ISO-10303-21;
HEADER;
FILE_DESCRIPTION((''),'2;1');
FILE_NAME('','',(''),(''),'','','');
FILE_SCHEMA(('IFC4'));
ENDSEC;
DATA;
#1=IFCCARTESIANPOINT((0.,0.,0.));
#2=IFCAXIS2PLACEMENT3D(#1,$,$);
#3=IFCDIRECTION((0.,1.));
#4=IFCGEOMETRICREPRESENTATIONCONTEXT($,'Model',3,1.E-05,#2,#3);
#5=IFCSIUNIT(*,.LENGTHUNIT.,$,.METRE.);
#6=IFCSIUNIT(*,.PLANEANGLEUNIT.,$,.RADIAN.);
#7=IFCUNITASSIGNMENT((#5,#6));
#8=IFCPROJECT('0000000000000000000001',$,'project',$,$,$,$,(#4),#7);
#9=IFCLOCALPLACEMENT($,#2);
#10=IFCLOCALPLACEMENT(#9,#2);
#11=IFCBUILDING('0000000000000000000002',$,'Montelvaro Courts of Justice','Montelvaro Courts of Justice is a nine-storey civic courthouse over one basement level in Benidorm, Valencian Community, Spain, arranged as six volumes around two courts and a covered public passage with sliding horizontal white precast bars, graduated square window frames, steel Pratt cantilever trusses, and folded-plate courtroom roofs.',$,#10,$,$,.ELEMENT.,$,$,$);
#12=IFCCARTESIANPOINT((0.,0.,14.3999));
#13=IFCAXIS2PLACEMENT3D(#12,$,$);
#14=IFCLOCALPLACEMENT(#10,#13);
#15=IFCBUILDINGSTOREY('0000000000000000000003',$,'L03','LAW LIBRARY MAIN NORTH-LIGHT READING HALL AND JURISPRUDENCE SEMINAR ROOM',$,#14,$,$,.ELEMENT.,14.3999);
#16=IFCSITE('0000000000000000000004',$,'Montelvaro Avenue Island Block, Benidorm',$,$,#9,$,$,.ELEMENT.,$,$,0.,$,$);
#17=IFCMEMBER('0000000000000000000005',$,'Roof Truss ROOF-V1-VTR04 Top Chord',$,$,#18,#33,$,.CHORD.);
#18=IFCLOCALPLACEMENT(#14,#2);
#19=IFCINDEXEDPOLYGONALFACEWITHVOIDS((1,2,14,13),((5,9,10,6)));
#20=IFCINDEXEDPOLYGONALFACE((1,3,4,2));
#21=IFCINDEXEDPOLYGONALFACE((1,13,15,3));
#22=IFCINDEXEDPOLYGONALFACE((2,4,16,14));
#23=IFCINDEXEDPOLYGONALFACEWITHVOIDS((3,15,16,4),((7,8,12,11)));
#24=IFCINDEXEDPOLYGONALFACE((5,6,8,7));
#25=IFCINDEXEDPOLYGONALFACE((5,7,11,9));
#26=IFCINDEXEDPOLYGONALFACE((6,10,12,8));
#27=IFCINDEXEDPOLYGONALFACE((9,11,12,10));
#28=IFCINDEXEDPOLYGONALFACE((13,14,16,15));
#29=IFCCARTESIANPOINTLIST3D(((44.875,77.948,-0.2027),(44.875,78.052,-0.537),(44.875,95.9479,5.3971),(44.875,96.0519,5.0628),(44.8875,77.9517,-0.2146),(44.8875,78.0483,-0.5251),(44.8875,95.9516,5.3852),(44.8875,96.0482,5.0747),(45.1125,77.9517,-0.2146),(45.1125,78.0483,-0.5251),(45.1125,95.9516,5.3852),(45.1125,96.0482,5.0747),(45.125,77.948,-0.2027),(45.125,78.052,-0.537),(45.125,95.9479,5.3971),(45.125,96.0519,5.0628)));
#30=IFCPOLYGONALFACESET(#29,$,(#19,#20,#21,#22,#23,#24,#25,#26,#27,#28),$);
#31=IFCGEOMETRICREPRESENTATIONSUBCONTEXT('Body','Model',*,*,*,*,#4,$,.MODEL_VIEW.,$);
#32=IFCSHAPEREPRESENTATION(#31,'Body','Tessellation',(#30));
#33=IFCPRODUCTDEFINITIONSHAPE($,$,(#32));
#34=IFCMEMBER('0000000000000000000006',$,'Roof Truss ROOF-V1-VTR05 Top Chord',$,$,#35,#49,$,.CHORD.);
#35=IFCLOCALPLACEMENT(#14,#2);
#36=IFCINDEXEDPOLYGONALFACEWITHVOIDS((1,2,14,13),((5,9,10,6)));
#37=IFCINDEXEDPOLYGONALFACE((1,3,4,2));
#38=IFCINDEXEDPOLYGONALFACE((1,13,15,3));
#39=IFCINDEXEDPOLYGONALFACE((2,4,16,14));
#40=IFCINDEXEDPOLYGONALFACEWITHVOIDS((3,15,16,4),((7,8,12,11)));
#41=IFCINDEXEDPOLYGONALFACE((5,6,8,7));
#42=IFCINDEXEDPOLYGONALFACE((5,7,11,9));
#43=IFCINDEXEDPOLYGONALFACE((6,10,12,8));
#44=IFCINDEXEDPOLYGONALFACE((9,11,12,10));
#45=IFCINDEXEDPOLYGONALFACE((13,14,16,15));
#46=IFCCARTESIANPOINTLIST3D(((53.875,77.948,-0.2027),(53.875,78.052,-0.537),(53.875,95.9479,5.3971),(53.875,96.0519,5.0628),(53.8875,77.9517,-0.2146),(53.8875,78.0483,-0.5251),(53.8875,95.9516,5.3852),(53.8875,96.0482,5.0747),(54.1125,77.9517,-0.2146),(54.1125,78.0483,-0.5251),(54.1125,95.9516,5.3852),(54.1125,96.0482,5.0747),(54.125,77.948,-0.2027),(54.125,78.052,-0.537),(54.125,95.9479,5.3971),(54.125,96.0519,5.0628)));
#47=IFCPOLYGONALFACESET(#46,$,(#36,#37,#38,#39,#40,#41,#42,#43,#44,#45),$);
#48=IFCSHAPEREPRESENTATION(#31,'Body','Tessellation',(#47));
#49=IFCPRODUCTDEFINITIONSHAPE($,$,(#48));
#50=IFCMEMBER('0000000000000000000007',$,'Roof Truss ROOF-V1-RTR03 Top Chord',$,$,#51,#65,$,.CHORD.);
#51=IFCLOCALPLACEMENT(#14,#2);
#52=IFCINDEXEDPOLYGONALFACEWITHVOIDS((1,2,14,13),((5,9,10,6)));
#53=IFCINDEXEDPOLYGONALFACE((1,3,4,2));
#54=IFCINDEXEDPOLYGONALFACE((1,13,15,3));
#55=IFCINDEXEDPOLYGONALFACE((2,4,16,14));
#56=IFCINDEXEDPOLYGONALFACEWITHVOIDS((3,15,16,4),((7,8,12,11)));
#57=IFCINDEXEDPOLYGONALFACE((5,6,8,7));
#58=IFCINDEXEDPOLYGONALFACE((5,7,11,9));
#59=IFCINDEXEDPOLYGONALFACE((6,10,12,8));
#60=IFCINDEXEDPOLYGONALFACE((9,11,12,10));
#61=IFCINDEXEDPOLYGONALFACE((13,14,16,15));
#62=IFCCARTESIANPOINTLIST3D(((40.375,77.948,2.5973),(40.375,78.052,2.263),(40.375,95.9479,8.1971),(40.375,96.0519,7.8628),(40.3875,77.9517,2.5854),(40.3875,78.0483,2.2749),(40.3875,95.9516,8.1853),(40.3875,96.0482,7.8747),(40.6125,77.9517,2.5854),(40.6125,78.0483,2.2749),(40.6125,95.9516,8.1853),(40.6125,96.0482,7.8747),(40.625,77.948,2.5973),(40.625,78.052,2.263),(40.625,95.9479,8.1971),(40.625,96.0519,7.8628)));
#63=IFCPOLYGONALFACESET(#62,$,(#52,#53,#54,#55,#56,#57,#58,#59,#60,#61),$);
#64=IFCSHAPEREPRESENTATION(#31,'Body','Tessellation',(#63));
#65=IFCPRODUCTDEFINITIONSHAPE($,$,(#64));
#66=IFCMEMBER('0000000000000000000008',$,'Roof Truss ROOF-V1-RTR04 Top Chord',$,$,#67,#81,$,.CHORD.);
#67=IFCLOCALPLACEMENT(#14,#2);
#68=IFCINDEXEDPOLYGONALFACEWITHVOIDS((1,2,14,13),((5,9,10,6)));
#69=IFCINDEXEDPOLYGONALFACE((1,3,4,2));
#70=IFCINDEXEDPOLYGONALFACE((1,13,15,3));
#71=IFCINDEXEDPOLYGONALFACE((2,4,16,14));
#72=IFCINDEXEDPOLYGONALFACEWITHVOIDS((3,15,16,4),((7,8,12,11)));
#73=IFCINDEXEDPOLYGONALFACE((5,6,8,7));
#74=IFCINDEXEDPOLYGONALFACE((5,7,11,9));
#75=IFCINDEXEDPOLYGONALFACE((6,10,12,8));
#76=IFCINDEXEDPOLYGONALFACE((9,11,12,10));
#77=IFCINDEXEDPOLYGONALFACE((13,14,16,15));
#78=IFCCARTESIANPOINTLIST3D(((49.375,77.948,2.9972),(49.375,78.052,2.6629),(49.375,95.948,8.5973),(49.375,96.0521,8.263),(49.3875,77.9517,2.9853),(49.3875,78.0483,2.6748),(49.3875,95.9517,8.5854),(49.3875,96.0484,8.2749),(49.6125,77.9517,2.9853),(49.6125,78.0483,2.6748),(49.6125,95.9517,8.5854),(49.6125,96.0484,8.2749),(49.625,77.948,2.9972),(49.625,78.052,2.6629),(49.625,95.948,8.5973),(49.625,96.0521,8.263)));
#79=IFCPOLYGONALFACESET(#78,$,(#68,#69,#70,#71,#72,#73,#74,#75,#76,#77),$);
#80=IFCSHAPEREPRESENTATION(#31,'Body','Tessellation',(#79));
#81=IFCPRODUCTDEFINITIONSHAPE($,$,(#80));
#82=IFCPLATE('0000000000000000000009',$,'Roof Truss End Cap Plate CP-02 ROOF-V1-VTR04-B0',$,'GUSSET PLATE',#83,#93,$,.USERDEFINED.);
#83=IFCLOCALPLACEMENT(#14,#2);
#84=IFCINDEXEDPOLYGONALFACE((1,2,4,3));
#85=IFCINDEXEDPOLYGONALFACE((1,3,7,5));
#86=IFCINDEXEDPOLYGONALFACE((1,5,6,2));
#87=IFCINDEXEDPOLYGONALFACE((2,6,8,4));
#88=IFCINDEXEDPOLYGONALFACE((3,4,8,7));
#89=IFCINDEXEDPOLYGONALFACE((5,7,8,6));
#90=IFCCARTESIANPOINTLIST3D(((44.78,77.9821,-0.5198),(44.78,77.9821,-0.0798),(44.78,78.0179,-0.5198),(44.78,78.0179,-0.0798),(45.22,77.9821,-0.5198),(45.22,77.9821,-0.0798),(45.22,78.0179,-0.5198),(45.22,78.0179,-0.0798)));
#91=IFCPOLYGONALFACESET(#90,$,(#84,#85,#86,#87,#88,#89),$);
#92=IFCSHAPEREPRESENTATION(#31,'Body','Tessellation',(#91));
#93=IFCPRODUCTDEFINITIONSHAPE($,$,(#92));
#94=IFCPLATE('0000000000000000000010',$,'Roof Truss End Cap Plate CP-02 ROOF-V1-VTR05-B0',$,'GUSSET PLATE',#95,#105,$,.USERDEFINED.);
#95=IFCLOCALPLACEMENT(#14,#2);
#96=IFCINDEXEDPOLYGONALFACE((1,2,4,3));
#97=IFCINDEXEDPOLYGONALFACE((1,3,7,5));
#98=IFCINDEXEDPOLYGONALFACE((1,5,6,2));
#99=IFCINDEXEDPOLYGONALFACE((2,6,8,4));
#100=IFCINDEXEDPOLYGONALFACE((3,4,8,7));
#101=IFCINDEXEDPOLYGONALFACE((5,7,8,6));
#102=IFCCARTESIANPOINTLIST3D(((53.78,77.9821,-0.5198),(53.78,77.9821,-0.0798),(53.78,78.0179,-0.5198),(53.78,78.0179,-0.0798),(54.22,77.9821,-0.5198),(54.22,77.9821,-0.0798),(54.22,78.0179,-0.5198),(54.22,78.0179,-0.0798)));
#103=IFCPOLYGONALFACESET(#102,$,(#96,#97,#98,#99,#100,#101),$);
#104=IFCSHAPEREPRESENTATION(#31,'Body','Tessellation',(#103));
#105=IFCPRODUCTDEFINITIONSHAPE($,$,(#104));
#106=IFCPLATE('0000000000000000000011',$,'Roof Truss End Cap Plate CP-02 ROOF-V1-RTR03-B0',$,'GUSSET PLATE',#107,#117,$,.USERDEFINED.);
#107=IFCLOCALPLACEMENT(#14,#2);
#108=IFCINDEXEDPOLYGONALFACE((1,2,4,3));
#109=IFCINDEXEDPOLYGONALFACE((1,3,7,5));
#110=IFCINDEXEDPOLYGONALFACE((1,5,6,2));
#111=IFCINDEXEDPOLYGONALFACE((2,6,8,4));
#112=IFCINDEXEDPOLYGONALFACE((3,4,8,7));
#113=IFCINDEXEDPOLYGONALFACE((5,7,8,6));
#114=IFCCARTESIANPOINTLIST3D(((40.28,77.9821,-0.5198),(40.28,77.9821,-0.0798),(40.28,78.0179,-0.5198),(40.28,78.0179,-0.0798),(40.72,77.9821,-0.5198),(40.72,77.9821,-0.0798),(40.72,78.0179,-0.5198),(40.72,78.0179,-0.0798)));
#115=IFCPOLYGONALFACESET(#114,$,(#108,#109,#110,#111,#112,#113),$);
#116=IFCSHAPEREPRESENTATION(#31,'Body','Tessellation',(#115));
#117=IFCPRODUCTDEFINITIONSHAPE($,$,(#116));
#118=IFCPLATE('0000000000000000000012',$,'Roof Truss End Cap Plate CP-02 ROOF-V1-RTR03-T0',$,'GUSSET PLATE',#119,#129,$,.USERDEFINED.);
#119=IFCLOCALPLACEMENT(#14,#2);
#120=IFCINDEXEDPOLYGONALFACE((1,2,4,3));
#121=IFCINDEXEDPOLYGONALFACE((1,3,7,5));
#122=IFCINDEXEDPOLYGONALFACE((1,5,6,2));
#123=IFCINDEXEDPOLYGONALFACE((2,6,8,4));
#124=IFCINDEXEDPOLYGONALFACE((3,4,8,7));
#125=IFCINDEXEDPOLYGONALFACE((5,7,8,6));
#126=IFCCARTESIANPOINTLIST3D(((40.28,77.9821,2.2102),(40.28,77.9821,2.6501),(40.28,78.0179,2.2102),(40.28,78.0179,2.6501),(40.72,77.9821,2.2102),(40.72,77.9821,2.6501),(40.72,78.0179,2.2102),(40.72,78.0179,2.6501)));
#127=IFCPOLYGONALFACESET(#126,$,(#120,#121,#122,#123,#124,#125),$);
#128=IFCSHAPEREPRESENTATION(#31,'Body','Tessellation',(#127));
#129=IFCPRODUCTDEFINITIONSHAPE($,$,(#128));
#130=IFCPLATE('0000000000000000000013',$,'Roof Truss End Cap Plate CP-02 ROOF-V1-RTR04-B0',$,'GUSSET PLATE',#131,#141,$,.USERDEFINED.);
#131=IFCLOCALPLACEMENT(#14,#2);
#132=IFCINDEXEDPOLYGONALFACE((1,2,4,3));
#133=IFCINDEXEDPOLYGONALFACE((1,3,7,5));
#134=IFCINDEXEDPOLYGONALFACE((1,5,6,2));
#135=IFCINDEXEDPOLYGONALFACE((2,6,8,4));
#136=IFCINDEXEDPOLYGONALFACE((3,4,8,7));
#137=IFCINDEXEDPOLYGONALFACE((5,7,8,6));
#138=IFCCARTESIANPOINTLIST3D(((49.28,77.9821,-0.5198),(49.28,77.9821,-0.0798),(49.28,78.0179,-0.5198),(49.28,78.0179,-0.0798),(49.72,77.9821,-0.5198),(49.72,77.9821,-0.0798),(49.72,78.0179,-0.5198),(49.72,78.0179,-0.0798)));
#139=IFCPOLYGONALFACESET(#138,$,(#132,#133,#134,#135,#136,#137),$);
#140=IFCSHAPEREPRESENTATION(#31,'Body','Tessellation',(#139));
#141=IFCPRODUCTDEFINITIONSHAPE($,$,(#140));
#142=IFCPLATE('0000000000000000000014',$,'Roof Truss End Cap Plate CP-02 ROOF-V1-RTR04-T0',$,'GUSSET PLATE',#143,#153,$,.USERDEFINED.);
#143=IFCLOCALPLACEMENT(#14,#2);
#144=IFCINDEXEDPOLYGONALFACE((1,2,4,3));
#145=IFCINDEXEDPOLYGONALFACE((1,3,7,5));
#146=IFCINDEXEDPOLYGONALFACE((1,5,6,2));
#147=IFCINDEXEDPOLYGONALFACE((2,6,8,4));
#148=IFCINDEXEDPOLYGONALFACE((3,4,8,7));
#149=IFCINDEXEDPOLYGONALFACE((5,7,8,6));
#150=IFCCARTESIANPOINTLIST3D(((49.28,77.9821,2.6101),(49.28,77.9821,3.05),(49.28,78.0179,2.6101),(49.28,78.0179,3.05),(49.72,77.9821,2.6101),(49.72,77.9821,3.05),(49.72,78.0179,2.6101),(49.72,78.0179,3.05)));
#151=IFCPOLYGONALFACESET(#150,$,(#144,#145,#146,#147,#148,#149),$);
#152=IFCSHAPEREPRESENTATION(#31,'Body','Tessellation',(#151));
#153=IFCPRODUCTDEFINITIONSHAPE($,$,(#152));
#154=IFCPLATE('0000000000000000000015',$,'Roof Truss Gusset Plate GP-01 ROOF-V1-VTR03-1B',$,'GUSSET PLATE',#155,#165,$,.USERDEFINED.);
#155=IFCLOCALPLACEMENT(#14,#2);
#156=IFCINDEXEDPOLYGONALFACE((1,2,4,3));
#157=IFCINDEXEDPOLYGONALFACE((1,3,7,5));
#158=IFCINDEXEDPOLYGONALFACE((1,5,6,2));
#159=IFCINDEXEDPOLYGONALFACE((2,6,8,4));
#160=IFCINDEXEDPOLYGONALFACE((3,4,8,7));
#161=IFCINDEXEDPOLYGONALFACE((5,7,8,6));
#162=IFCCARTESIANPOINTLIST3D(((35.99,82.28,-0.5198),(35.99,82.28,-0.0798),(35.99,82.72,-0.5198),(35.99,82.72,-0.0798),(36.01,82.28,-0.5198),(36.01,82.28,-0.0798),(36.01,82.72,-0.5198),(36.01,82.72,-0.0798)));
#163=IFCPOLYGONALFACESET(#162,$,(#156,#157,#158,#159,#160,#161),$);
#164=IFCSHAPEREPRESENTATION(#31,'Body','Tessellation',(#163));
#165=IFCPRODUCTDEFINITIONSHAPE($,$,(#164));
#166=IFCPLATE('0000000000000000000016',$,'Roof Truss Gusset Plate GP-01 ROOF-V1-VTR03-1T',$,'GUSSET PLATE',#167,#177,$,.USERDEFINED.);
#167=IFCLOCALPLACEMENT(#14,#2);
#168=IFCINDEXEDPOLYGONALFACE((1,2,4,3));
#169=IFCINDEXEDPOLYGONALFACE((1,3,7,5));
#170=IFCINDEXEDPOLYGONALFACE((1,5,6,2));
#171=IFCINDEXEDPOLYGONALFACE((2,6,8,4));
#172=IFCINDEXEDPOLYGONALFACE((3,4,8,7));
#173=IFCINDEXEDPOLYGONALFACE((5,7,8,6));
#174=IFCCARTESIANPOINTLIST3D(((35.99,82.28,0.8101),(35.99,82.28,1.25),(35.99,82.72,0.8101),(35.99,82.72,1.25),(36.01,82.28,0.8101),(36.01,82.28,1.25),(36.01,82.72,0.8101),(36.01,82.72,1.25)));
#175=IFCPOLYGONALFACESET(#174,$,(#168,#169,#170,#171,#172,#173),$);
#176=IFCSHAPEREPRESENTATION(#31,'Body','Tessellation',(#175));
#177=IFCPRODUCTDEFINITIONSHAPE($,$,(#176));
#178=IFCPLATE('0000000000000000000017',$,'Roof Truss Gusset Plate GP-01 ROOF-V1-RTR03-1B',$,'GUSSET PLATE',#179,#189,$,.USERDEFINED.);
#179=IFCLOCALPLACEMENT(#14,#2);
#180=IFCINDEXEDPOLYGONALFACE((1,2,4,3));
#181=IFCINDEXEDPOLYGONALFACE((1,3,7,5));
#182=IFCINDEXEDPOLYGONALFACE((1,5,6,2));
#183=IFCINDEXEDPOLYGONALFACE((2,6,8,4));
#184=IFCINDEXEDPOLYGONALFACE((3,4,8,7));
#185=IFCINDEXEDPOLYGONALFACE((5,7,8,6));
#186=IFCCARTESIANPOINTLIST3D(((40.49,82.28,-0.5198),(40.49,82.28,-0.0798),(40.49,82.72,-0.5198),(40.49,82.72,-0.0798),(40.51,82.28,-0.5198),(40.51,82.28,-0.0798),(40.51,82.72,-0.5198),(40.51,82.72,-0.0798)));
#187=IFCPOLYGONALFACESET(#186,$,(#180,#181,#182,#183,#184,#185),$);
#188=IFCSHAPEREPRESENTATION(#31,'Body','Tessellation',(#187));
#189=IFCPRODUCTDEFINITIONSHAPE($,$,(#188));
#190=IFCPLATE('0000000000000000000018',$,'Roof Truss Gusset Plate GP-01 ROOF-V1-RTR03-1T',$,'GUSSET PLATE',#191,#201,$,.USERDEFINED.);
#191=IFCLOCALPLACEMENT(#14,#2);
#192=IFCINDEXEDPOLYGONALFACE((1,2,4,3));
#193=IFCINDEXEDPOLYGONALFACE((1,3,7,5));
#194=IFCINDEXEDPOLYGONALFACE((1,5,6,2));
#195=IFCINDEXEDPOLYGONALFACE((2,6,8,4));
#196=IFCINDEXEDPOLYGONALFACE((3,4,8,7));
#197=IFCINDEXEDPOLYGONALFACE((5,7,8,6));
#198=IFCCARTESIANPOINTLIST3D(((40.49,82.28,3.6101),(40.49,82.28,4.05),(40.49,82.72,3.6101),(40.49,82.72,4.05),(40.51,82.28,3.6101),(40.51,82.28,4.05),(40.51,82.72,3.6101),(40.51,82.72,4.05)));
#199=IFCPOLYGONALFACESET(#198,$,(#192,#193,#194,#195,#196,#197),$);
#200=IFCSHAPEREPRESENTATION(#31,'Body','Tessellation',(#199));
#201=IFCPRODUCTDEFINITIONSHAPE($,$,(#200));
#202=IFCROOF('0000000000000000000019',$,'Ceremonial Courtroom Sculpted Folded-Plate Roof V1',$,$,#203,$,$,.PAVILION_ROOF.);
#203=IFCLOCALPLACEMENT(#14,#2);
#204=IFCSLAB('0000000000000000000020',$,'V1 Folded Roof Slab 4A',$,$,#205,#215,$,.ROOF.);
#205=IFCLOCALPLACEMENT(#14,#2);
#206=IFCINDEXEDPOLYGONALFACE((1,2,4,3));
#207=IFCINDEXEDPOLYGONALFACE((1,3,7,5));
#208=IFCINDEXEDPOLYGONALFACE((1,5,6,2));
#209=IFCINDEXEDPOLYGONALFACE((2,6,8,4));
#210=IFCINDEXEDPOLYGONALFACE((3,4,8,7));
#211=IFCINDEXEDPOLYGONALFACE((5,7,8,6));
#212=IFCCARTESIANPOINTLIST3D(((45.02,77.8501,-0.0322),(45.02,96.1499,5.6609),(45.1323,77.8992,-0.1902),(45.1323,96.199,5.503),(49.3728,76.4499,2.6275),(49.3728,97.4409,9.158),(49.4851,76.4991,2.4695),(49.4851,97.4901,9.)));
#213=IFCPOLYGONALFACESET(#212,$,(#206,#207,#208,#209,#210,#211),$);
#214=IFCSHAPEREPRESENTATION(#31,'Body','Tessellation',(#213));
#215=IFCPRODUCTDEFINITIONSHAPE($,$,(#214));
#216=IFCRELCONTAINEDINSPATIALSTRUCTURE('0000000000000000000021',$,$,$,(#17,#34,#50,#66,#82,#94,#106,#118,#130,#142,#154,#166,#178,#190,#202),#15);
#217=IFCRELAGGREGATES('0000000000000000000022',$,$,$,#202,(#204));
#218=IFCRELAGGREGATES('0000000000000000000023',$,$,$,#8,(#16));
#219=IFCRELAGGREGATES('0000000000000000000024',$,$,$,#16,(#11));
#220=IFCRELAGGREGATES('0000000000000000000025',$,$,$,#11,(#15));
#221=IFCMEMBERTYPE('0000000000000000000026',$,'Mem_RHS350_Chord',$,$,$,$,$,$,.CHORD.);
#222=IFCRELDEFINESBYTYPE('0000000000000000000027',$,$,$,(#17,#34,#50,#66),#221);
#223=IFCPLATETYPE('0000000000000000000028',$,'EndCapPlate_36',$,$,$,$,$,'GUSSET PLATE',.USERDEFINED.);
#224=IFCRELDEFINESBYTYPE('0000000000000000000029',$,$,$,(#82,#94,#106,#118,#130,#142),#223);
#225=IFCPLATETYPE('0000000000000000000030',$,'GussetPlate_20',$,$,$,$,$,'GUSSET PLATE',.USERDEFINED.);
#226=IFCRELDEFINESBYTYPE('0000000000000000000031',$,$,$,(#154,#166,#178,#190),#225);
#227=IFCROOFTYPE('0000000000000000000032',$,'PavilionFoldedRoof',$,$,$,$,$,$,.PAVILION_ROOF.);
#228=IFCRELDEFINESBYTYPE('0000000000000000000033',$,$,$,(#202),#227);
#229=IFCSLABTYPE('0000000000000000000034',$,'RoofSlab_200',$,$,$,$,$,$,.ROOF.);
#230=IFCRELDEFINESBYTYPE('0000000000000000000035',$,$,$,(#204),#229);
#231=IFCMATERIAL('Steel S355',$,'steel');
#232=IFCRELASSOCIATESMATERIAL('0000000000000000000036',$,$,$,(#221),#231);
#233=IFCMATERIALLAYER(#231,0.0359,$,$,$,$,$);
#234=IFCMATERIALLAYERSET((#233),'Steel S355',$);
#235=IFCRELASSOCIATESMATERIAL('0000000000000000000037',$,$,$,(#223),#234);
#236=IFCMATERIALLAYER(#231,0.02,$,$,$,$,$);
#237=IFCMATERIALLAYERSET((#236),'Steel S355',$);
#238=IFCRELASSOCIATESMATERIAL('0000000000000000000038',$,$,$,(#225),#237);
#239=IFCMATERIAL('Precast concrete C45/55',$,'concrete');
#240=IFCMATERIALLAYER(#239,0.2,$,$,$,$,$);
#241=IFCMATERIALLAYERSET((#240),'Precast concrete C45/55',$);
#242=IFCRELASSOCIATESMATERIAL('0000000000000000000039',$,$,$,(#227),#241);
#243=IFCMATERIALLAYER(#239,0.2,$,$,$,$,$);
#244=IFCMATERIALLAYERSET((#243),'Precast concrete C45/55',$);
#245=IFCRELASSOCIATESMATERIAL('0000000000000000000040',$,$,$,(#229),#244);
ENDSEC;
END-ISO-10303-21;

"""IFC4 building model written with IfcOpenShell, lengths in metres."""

from ifc_helpers import new_model, si_unit, direction, frame, origin, origin_2d, place, context, subcontext, project, spatial, polyline, rectangle, hollow_rectangle, outline, extrude, material, layer, layer_set, material_profile, profile_set, type_object, element, aggregate, save


model = new_model("IFC4")

# Units and contexts
model_context = context("Model", 3, precision=1e-05, world=origin(), true_north=direction((0.0, 1.0)))
body_context = subcontext(model_context, "Body", "Model", "MODEL_VIEW")
ifc_project = project(units=[si_unit("LENGTHUNIT", "METRE"), si_unit("PLANEANGLEUNIT", "RADIAN")], contexts=[model_context])

# Site, building, storey
site_placement = place(None, origin())
site = spatial("IfcSite", under=ifc_project, at=site_placement, Name="Montelvaro Avenue Island Block, Benidorm", CompositionType="ELEMENT", RefElevation=0.0)
building_placement = place(site_placement, origin())
building = spatial("IfcBuilding", under=site, at=building_placement, Name="Montelvaro Courts of Justice", Description="Montelvaro Courts of Justice is a nine-storey civic courthouse over one basement level in Benidorm, Valencian Community, Spain, arranged as six volumes around two courts and a covered public passage with sliding horizontal white precast bars, graduated square window frames, steel Pratt cantilever trusses, and folded-plate courtroom roofs.", CompositionType="ELEMENT")
storey_placement = place(building_placement, frame((0.0, 0.0, 14.3999)))
storey = spatial("IfcBuildingStorey", under=building, at=storey_placement, Name="L03", Description="LAW LIBRARY MAIN NORTH-LIGHT READING HALL AND JURISPRUDENCE SEMINAR ROOM", CompositionType="ELEMENT", Elevation=14.3999)

# Members
ifc_material_1 = material(Name="Steel S355", Category="steel")
ifc_material_profile_1 = material_profile(ifc_material_1, hollow_rectangle(XDim=0.25, YDim=0.3501, WallThickness=0.0125, at=origin_2d()), Name="RHS 350x250x12.5")
ifc_profile_set_1 = profile_set([ifc_material_profile_1], Name="Steel S355")
member_type_1 = type_object("IfcMemberType", Name="Mem_RHS350_Chord", PredefinedType="CHORD", material=ifc_profile_set_1)
for number, where, z_axis, x_axis, name in (
    (1, (45.0, 78.0, -0.3699), (0.0, 0.954859, 0.297059), (-1.0, 0.0, 0.0), "Roof Truss ROOF-V1-VTR04 Top Chord"),
    (2, (54.0, 78.0, -0.3699), (0.0, 0.954859, 0.297059), (-1.0, 0.0, 0.0), "Roof Truss ROOF-V1-VTR05 Top Chord"),
    (3, (40.5, 78.0, 2.4302), (0.0, 0.954859, 0.297059), (-1.0, 0.0, 0.0), "Roof Truss ROOF-V1-RTR03 Top Chord"),
):
    element("IfcMember", number, at=place(storey_placement, frame(where, z_axis=z_axis, x_axis=x_axis)), inside=storey, type_object=member_type_1, Name=name, PredefinedType="CHORD", context=body_context, shape_type="SweptSolid", body=[
        extrude(hollow_rectangle(XDim=0.25, YDim=0.3501, WallThickness=0.0125, at=origin_2d()), origin(), (0.0, 0.0, 1.0), 18.8508),
    ])
member_1_placement = place(storey_placement, frame((49.5, 78.0, 2.8301), z_axis=(0.0, 0.954855, 0.297071), x_axis=(-1.0, 0.0, 0.0)))
element("IfcMember", 4, at=member_1_placement, inside=storey, type_object=member_type_1, Name="Roof Truss ROOF-V1-RTR04 Top Chord", PredefinedType="CHORD", context=body_context, shape_type="SweptSolid", body=[
    extrude(hollow_rectangle(XDim=0.25, YDim=0.3501, WallThickness=0.0125, at=origin_2d()), origin(), (0.0, 0.0, 1.0), 18.8511),
])

# Plates
ifc_layer_1 = layer(ifc_material_1, 0.0359)
ifc_layer_set_1 = layer_set([ifc_layer_1], Name="Steel S355")
plate_type_1 = type_object("IfcPlateType", Name="EndCapPlate_36", ElementType="GUSSET PLATE", PredefinedType="USERDEFINED", material=ifc_layer_set_1)
for number, where, z_axis, x_axis, name in (
    (5, (45.0, 78.0, -0.5198), (0.0, 0.0, 1.0), (1.0, 0.0, 0.0), "Roof Truss End Cap Plate CP-02 ROOF-V1-VTR04-B0"),
    (6, (54.0, 78.0, -0.5198), (0.0, 0.0, 1.0), (1.0, 0.0, 0.0), "Roof Truss End Cap Plate CP-02 ROOF-V1-VTR05-B0"),
    (7, (40.5, 78.0, -0.5198), (0.0, 0.0, 1.0), (1.0, 0.0, 0.0), "Roof Truss End Cap Plate CP-02 ROOF-V1-RTR03-B0"),
    (8, (40.5, 78.0, 2.2102), (0.0, 0.0, 1.0), (1.0, 0.0, 0.0), "Roof Truss End Cap Plate CP-02 ROOF-V1-RTR03-T0"),
    (9, (49.5, 78.0, -0.5198), (0.0, 0.0, 1.0), (1.0, 0.0, 0.0), "Roof Truss End Cap Plate CP-02 ROOF-V1-RTR04-B0"),
    (10, (49.5, 78.0, 2.6101), (0.0, 0.0, 1.0), (1.0, 0.0, 0.0), "Roof Truss End Cap Plate CP-02 ROOF-V1-RTR04-T0"),
):
    element("IfcPlate", number, at=place(storey_placement, frame(where, z_axis=z_axis, x_axis=x_axis)), inside=storey, type_object=plate_type_1, Name=name, ObjectType="GUSSET PLATE", PredefinedType="USERDEFINED", context=body_context, shape_type="SweptSolid", body=[
        extrude(rectangle(XDim=0.4399, YDim=0.0359, at=origin_2d()), origin(), (0.0, 0.0, 1.0), 0.4399),
    ])
ifc_layer_2 = layer(ifc_material_1, 0.02)
ifc_layer_set_2 = layer_set([ifc_layer_2], Name="Steel S355")
plate_type_2 = type_object("IfcPlateType", Name="GussetPlate_20", ElementType="GUSSET PLATE", PredefinedType="USERDEFINED", material=ifc_layer_set_2)
for number, where, z_axis, x_axis, name in (
    (11, (36.0, 82.5, -0.5198), (0.0, 0.0, 1.0), (1.0, 0.0, 0.0), "Roof Truss Gusset Plate GP-01 ROOF-V1-VTR03-1B"),
    (12, (36.0, 82.5, 0.8101), (0.0, 0.0, 1.0), (1.0, 0.0, 0.0), "Roof Truss Gusset Plate GP-01 ROOF-V1-VTR03-1T"),
    (13, (40.5, 82.5, -0.5198), (0.0, 0.0, 1.0), (1.0, 0.0, 0.0), "Roof Truss Gusset Plate GP-01 ROOF-V1-RTR03-1B"),
    (14, (40.5, 82.5, 3.6101), (0.0, 0.0, 1.0), (1.0, 0.0, 0.0), "Roof Truss Gusset Plate GP-01 ROOF-V1-RTR03-1T"),
):
    element("IfcPlate", number, at=place(storey_placement, frame(where, z_axis=z_axis, x_axis=x_axis)), inside=storey, type_object=plate_type_2, Name=name, ObjectType="GUSSET PLATE", PredefinedType="USERDEFINED", context=body_context, shape_type="SweptSolid", body=[
        extrude(rectangle(XDim=0.02, YDim=0.4399, at=origin_2d()), origin(), (0.0, 0.0, 1.0), 0.4399),
    ])

# Roof, slab
ifc_material_2 = material(Name="Precast concrete C45/55", Category="concrete")
ifc_layer_3 = layer(ifc_material_2, 0.2)
ifc_layer_set_3 = layer_set([ifc_layer_3], Name="Precast concrete C45/55")
roof_type = type_object("IfcRoofType", Name="PavilionFoldedRoof", PredefinedType="PAVILION_ROOF", material=ifc_layer_set_3)
roof_placement = place(storey_placement, origin())
roof = element("IfcRoof", 15, at=roof_placement, inside=storey, type_object=roof_type, Name="Ceremonial Courtroom Sculpted Folded-Plate Roof V1", PredefinedType="PAVILION_ROOF")
ifc_layer_4 = layer(ifc_material_2, 0.2)
ifc_layer_set_4 = layer_set([ifc_layer_4], Name="Precast concrete C45/55")
slab_type = type_object("IfcSlabType", Name="RoofSlab_200", PredefinedType="ROOF", material=ifc_layer_set_4)
slab_1_placement = place(storey_placement, frame((45.02, 77.8501, -0.0322), z_axis=(-0.561754, -0.245761, 0.789958), x_axis=(0.822872, -0.264696, 0.502811)))
slab_1 = element("IfcSlab", 16, at=slab_1_placement, type_object=slab_type, Name="V1 Folded Roof Slab 4A", PredefinedType="ROOF", context=body_context, shape_type="SweptSolid", body=[
    extrude(outline(polyline([(0.0, 0.0), (5.2897, 0.0), (3.0171, 21.8656), (-1.9813, 19.0622), (0.0, 0.0)])), origin(), (0.0, 0.0, -1.0), 0.2),
])
aggregate(roof, [slab_1])

save(model, "model.ifc")
